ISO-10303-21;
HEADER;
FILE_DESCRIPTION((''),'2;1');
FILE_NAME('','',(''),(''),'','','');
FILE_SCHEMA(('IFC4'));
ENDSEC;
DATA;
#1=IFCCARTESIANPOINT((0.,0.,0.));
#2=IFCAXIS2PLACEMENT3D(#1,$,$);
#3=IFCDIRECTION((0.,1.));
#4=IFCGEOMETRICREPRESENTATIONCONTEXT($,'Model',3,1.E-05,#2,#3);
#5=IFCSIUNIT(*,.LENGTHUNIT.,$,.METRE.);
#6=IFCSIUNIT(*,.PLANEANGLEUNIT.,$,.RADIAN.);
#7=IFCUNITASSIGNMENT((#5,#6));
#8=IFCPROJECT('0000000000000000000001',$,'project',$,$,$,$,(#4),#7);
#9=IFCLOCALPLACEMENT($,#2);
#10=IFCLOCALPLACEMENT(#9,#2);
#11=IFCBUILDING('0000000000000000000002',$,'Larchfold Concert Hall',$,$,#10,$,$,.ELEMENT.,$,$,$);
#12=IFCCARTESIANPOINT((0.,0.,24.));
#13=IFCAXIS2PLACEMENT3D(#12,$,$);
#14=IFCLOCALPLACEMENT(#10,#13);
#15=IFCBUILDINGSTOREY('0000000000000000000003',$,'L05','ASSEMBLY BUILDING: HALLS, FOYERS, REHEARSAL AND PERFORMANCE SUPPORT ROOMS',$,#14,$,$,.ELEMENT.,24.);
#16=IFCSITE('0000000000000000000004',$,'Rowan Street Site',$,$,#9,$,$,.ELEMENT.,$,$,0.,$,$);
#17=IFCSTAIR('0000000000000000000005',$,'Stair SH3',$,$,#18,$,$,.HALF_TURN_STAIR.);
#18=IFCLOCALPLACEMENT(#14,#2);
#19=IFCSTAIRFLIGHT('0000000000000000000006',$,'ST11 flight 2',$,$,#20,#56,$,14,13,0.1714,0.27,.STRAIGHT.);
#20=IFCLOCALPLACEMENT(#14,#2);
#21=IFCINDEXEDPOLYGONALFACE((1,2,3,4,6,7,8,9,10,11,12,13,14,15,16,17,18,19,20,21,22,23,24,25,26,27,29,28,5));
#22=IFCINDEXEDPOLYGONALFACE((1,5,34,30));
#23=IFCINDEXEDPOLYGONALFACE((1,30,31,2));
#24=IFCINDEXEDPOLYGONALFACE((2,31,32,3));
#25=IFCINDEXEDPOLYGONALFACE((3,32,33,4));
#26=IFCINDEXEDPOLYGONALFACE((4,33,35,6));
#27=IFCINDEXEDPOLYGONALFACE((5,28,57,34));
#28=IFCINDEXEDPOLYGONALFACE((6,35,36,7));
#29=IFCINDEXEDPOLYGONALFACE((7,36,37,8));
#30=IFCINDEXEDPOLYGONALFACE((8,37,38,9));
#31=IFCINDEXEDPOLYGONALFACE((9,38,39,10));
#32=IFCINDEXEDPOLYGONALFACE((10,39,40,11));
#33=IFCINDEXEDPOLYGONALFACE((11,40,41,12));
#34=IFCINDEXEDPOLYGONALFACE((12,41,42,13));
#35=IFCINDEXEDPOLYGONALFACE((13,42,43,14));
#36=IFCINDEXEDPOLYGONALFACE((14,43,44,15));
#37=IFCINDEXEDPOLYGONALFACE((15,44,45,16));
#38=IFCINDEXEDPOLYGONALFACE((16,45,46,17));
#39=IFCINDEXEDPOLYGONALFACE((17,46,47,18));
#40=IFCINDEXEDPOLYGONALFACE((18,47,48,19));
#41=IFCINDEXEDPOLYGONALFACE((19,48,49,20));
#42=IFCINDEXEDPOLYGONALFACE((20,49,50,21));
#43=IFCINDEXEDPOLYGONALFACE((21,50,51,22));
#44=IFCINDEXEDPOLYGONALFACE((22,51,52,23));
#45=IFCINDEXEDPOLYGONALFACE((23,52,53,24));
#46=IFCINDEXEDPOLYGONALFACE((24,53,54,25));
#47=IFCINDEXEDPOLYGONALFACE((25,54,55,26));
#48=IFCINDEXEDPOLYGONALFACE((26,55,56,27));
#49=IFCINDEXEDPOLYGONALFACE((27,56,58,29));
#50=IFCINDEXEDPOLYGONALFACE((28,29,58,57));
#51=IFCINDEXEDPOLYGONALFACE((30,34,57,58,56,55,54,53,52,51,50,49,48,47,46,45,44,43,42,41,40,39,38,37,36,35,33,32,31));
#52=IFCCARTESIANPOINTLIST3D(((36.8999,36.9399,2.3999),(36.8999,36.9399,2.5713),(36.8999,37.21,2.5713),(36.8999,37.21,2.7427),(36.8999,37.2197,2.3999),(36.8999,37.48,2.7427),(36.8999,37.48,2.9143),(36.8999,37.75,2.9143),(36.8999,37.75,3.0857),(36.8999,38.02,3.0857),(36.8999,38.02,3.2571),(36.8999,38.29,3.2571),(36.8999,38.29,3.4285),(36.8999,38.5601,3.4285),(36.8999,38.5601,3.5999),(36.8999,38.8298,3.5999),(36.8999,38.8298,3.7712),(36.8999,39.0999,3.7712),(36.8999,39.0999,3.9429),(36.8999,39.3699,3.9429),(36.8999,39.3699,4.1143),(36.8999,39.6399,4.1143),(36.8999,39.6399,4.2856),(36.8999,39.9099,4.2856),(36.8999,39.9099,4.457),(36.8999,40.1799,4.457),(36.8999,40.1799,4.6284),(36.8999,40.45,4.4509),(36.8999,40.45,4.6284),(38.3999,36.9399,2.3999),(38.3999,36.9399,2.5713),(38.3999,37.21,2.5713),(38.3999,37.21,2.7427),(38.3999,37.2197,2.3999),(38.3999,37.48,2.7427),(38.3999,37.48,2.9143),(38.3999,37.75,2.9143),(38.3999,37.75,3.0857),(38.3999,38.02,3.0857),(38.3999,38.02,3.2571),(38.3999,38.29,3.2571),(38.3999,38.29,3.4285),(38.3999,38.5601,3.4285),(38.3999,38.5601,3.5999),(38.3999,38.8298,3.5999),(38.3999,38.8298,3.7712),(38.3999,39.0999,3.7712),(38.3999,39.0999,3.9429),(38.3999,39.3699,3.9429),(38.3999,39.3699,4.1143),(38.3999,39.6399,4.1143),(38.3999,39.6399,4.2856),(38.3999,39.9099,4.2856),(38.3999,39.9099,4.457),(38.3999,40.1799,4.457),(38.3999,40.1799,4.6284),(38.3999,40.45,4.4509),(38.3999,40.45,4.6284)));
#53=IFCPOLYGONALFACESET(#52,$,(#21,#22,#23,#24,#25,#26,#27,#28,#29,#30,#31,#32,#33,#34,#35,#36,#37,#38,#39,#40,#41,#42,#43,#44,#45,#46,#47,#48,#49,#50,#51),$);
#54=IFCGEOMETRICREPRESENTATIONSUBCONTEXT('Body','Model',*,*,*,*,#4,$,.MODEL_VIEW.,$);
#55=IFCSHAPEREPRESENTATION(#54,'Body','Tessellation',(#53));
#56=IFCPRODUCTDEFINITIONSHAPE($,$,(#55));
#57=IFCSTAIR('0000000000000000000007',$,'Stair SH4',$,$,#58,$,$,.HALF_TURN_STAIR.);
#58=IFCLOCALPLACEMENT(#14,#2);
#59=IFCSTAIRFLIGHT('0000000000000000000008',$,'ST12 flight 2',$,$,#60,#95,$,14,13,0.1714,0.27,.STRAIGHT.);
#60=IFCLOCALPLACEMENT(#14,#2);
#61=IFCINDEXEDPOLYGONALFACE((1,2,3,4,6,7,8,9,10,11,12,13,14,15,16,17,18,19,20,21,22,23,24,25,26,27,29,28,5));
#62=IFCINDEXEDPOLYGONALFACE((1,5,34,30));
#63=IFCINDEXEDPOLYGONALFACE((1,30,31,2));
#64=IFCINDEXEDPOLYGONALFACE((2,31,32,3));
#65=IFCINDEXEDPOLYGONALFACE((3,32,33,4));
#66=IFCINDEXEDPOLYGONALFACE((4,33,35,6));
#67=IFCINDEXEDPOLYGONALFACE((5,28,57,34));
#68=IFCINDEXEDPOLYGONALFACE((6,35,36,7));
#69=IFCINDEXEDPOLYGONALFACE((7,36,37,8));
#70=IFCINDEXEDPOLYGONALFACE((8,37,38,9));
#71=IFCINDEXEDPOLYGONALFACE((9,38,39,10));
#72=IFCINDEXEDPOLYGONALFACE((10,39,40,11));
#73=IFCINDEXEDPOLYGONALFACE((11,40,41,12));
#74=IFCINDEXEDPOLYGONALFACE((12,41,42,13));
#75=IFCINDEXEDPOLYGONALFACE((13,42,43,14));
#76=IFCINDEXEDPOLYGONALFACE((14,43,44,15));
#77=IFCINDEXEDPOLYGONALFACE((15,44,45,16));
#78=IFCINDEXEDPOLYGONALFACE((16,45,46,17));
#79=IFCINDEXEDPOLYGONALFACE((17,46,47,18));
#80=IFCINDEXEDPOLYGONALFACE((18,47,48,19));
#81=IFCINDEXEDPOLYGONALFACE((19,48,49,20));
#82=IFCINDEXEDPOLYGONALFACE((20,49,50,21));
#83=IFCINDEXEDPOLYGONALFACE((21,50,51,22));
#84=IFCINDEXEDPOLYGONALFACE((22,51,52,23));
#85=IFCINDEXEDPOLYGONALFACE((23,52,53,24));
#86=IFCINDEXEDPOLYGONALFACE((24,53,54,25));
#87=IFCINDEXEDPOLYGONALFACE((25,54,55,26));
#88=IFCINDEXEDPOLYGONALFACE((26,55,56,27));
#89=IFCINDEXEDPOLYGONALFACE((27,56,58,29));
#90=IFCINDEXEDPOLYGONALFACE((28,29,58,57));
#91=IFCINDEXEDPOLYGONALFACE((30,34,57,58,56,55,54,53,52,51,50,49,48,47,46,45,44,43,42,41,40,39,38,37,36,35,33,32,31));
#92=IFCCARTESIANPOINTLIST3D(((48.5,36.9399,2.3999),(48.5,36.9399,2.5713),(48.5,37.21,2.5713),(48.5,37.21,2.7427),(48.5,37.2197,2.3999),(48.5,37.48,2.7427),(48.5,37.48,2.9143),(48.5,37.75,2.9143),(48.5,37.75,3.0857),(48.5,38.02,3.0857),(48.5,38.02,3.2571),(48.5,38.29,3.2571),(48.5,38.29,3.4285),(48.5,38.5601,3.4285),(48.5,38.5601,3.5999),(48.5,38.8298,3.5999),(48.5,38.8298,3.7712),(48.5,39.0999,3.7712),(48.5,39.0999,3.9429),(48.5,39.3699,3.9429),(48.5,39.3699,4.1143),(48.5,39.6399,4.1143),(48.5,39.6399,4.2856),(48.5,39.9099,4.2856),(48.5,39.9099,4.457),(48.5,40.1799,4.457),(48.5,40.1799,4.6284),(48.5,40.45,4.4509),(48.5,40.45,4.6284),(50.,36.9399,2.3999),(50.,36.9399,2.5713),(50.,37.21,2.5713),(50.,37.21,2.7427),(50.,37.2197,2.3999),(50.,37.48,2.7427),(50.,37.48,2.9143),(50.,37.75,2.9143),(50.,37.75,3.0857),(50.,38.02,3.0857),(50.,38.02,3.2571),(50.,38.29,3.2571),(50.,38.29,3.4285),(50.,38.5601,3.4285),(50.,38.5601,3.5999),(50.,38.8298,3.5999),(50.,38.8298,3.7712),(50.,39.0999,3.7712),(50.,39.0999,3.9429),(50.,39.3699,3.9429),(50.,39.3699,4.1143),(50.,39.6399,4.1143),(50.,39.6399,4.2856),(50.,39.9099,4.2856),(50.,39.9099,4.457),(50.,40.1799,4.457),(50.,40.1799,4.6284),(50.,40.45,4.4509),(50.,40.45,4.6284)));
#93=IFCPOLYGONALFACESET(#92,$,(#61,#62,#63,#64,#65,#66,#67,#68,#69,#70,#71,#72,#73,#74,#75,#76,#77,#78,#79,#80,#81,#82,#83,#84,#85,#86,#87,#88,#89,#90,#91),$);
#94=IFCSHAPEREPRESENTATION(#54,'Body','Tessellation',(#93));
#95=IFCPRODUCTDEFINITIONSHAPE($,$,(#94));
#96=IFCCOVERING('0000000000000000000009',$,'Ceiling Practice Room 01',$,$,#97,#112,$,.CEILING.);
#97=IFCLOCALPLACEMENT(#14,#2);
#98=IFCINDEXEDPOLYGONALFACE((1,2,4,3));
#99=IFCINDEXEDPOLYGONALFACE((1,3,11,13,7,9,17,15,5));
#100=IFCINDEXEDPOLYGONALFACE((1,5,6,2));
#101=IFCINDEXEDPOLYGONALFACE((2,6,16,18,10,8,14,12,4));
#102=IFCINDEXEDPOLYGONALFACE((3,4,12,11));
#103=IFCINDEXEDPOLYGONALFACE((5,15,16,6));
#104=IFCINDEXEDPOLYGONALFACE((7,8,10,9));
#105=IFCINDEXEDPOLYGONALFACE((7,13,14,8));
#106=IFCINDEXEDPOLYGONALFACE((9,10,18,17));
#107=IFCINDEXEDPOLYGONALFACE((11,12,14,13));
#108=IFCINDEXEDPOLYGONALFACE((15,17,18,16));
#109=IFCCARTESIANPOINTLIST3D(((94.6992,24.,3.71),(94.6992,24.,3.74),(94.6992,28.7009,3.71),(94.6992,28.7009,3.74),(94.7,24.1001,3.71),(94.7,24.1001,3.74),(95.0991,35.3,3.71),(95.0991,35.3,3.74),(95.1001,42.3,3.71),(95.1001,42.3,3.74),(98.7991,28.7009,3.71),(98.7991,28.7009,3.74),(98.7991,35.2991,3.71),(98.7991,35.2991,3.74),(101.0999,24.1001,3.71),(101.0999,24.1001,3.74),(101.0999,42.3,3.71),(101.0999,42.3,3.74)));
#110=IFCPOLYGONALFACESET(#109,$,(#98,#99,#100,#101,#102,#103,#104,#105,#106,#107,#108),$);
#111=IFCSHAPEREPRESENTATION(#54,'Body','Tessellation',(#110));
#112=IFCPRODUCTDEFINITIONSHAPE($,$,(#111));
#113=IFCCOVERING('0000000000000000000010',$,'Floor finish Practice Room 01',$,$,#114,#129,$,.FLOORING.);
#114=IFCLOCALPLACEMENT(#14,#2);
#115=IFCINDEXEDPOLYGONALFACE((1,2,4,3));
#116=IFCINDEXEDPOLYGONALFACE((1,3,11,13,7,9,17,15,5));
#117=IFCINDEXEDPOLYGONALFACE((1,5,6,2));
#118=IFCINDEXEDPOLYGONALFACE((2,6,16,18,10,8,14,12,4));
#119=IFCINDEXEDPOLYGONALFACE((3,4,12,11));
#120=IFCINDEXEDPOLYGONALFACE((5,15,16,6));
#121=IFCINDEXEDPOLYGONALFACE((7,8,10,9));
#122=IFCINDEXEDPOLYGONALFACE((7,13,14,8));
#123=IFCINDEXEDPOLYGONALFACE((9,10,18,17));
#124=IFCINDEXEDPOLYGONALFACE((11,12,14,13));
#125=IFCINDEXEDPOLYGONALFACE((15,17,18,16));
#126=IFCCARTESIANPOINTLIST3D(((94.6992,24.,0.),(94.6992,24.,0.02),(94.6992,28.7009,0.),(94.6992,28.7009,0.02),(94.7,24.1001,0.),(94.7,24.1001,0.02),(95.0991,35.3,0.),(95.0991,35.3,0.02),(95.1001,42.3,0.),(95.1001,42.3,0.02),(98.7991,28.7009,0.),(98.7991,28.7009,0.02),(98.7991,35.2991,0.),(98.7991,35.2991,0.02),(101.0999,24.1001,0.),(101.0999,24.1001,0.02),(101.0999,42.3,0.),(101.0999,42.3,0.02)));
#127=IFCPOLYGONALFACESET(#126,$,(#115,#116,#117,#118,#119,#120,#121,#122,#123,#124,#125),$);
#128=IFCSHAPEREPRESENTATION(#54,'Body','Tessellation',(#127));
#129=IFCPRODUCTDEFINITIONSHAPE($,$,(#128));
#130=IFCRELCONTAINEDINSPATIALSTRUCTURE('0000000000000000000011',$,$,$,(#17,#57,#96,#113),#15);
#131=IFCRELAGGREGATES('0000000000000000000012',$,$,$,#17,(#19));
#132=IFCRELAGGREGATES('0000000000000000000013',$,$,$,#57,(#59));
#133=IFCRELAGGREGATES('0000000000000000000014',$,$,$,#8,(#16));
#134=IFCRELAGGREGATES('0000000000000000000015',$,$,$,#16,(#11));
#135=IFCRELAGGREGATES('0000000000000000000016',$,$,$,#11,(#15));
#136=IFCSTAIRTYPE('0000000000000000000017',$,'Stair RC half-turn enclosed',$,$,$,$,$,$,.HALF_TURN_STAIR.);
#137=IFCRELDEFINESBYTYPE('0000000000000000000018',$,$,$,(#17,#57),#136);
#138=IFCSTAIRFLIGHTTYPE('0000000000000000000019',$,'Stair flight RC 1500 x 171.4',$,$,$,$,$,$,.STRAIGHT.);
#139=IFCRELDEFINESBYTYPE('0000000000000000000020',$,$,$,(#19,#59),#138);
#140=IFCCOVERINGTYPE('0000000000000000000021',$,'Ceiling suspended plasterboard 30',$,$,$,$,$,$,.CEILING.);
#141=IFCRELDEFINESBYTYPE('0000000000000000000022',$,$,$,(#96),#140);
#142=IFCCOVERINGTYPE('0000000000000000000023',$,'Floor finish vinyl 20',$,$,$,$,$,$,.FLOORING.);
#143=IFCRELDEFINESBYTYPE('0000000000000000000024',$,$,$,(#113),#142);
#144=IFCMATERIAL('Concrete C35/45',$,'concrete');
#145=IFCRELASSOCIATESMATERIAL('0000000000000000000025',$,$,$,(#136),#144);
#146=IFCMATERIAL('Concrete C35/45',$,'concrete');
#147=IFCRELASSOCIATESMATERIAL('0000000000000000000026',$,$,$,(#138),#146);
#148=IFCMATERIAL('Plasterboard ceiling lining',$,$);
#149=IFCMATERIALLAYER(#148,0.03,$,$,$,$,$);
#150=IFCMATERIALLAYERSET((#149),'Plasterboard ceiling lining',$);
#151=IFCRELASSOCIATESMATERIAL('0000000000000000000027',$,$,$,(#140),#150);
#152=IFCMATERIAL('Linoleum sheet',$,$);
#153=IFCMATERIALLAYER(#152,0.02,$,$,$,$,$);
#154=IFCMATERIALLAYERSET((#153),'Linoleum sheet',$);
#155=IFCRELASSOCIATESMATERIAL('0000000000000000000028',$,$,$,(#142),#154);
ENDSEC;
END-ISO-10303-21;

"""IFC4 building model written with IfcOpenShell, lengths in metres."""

from ifc_helpers import new_model, si_unit, direction, frame, origin, place, context, subcontext, project, spatial, polyline, outline, extrude, material, layer, layer_set, type_object, element, aggregate, save


model = new_model("IFC4")

# Units and contexts
model_context = context("Model", 3, precision=1e-05, world=origin(), true_north=direction((0.0, 1.0)))
body_context = subcontext(model_context, "Body", "Model", "MODEL_VIEW")
ifc_project = project(units=[si_unit("LENGTHUNIT", "METRE"), si_unit("PLANEANGLEUNIT", "RADIAN")], contexts=[model_context])

# Site, building, storey
site_placement = place(None, origin())
site = spatial("IfcSite", under=ifc_project, at=site_placement, Name="Rowan Street Site", CompositionType="ELEMENT", RefElevation=0.0)
building_placement = place(site_placement, origin())
building = spatial("IfcBuilding", under=site, at=building_placement, Name="Larchfold Concert Hall", CompositionType="ELEMENT")
storey_placement = place(building_placement, frame((0.0, 0.0, 24.0)))
storey = spatial("IfcBuildingStorey", under=building, at=storey_placement, Name="L05", Description="ASSEMBLY BUILDING: HALLS, FOYERS, REHEARSAL AND PERFORMANCE SUPPORT ROOMS", CompositionType="ELEMENT", Elevation=24.0)

# Stairs, stair flights
ifc_material_1 = material(Name="Concrete C35/45", Category="concrete")
stair_type = type_object("IfcStairType", Name="Stair RC half-turn enclosed", PredefinedType="HALF_TURN_STAIR", material=ifc_material_1)
stair_1_placement = place(storey_placement, origin())
stair_1 = element("IfcStair", 1, at=stair_1_placement, inside=storey, type_object=stair_type, Name="Stair SH3", PredefinedType="HALF_TURN_STAIR")
ifc_material_2 = material(Name="Concrete C35/45", Category="concrete")
stair_flight_type = type_object("IfcStairFlightType", Name="Stair flight RC 1500 x 171.4", PredefinedType="STRAIGHT", material=ifc_material_2)
stair_flight_1_placement = place(storey_placement, frame((37.6499, 36.9399, 2.3999), z_axis=(0.0, 0.0, 1.0), x_axis=(0.0, 1.0, 0.0)))
stair_flight_1 = element("IfcStairFlight", 2, at=stair_flight_1_placement, type_object=stair_flight_type, Name="ST11 flight 2", NumberOfRisers=14, NumberOfTreads=13, PredefinedType="STRAIGHT", RiserHeight=0.1714, TreadLength=0.27, context=body_context, shape_type="SweptSolid", body=[
    extrude(outline(polyline([(0.0, 0.0), (0.0, 0.1714), (0.27, 0.1714), (0.27, 0.3428), (0.54, 0.3428), (0.54, 0.5144), (0.8101, 0.5144), (0.8101, 0.6858), (1.0801, 0.6858), (1.0801, 0.8572), (1.3501, 0.8572), (1.3501, 1.0286), (1.6201, 1.0286), (1.6201, 1.2), (1.8899, 1.2), (1.8899, 1.3713), (2.1599, 1.3713), (2.1599, 1.543), (2.4299, 1.543), (2.4299, 1.7144), (2.7, 1.7144), (2.7, 1.8857), (2.97, 1.8857), (2.97, 2.0571), (3.24, 2.0571), (3.24, 2.2285), (3.51, 2.2285), (3.51, 2.3999), (3.51, 2.051), (0.2798, 0.0), (0.0, 0.0)])), frame((0.0, 0.75, 0.0), z_axis=(0.0, -1.0, 0.0), x_axis=(1.0, 0.0, 0.0)), (0.0, 0.0, 1.0), 1.5),
])
aggregate(stair_1, [stair_flight_1])
stair_2_placement = place(storey_placement, origin())
stair_2 = element("IfcStair", 3, at=stair_2_placement, inside=storey, type_object=stair_type, Name="Stair SH4", PredefinedType="HALF_TURN_STAIR")
stair_flight_2_placement = place(storey_placement, frame((49.25, 36.9399, 2.3999), z_axis=(0.0, 0.0, 1.0), x_axis=(0.0, 1.0, 0.0)))
stair_flight_2 = element("IfcStairFlight", 4, at=stair_flight_2_placement, type_object=stair_flight_type, Name="ST12 flight 2", NumberOfRisers=14, NumberOfTreads=13, PredefinedType="STRAIGHT", RiserHeight=0.1714, TreadLength=0.27, context=body_context, shape_type="SweptSolid", body=[
    extrude(outline(polyline([(0.0, 0.0), (0.0, 0.1714), (0.27, 0.1714), (0.27, 0.3428), (0.54, 0.3428), (0.54, 0.5144), (0.8101, 0.5144), (0.8101, 0.6858), (1.0801, 0.6858), (1.0801, 0.8572), (1.3501, 0.8572), (1.3501, 1.0286), (1.6201, 1.0286), (1.6201, 1.2), (1.8899, 1.2), (1.8899, 1.3713), (2.1599, 1.3713), (2.1599, 1.543), (2.4299, 1.543), (2.4299, 1.7144), (2.7, 1.7144), (2.7, 1.8857), (2.97, 1.8857), (2.97, 2.0571), (3.24, 2.0571), (3.24, 2.2285), (3.51, 2.2285), (3.51, 2.3999), (3.51, 2.051), (0.2798, 0.0), (0.0, 0.0)])), frame((0.0, 0.75, 0.0), z_axis=(0.0, -1.0, 0.0), x_axis=(1.0, 0.0, 0.0)), (0.0, 0.0, 1.0), 1.5),
])
aggregate(stair_2, [stair_flight_2])

# Coverings
ifc_material_3 = material(Name="Plasterboard ceiling lining")
ifc_layer_1 = layer(ifc_material_3, 0.03)
ifc_layer_set_1 = layer_set([ifc_layer_1], Name="Plasterboard ceiling lining")
covering_type_1 = type_object("IfcCoveringType", Name="Ceiling suspended plasterboard 30", PredefinedType="CEILING", material=ifc_layer_set_1)
covering_1_placement = place(storey_placement, frame((0.0, 0.0, 3.71)))
element("IfcCovering", 5, at=covering_1_placement, inside=storey, type_object=covering_type_1, Name="Ceiling Practice Room 01", PredefinedType="CEILING", context=body_context, shape_type="SweptSolid", body=[
    extrude(outline(polyline([(95.0991, 35.3), (98.7991, 35.2991), (98.7991, 28.7009), (94.6992, 28.7009), (94.6992, 24.0), (94.7, 24.1001), (101.0999, 24.1001), (101.0999, 42.3), (95.1001, 42.3), (95.0991, 35.3)])), origin(), (0.0, 0.0, 1.0), 0.03),
])
ifc_material_4 = material(Name="Linoleum sheet")
ifc_layer_2 = layer(ifc_material_4, 0.02)
ifc_layer_set_2 = layer_set([ifc_layer_2], Name="Linoleum sheet")
covering_type_2 = type_object("IfcCoveringType", Name="Floor finish vinyl 20", PredefinedType="FLOORING", material=ifc_layer_set_2)
covering_2_placement = place(storey_placement, origin())
element("IfcCovering", 6, at=covering_2_placement, inside=storey, type_object=covering_type_2, Name="Floor finish Practice Room 01", PredefinedType="FLOORING", context=body_context, shape_type="SweptSolid", body=[
    extrude(outline(polyline([(95.0991, 35.3), (98.7991, 35.2991), (98.7991, 28.7009), (94.6992, 28.7009), (94.6992, 24.0), (94.7, 24.1001), (101.0999, 24.1001), (101.0999, 42.3), (95.1001, 42.3), (95.0991, 35.3)])), origin(), (0.0, 0.0, 1.0), 0.02),
])

save(model, "model.ifc")
